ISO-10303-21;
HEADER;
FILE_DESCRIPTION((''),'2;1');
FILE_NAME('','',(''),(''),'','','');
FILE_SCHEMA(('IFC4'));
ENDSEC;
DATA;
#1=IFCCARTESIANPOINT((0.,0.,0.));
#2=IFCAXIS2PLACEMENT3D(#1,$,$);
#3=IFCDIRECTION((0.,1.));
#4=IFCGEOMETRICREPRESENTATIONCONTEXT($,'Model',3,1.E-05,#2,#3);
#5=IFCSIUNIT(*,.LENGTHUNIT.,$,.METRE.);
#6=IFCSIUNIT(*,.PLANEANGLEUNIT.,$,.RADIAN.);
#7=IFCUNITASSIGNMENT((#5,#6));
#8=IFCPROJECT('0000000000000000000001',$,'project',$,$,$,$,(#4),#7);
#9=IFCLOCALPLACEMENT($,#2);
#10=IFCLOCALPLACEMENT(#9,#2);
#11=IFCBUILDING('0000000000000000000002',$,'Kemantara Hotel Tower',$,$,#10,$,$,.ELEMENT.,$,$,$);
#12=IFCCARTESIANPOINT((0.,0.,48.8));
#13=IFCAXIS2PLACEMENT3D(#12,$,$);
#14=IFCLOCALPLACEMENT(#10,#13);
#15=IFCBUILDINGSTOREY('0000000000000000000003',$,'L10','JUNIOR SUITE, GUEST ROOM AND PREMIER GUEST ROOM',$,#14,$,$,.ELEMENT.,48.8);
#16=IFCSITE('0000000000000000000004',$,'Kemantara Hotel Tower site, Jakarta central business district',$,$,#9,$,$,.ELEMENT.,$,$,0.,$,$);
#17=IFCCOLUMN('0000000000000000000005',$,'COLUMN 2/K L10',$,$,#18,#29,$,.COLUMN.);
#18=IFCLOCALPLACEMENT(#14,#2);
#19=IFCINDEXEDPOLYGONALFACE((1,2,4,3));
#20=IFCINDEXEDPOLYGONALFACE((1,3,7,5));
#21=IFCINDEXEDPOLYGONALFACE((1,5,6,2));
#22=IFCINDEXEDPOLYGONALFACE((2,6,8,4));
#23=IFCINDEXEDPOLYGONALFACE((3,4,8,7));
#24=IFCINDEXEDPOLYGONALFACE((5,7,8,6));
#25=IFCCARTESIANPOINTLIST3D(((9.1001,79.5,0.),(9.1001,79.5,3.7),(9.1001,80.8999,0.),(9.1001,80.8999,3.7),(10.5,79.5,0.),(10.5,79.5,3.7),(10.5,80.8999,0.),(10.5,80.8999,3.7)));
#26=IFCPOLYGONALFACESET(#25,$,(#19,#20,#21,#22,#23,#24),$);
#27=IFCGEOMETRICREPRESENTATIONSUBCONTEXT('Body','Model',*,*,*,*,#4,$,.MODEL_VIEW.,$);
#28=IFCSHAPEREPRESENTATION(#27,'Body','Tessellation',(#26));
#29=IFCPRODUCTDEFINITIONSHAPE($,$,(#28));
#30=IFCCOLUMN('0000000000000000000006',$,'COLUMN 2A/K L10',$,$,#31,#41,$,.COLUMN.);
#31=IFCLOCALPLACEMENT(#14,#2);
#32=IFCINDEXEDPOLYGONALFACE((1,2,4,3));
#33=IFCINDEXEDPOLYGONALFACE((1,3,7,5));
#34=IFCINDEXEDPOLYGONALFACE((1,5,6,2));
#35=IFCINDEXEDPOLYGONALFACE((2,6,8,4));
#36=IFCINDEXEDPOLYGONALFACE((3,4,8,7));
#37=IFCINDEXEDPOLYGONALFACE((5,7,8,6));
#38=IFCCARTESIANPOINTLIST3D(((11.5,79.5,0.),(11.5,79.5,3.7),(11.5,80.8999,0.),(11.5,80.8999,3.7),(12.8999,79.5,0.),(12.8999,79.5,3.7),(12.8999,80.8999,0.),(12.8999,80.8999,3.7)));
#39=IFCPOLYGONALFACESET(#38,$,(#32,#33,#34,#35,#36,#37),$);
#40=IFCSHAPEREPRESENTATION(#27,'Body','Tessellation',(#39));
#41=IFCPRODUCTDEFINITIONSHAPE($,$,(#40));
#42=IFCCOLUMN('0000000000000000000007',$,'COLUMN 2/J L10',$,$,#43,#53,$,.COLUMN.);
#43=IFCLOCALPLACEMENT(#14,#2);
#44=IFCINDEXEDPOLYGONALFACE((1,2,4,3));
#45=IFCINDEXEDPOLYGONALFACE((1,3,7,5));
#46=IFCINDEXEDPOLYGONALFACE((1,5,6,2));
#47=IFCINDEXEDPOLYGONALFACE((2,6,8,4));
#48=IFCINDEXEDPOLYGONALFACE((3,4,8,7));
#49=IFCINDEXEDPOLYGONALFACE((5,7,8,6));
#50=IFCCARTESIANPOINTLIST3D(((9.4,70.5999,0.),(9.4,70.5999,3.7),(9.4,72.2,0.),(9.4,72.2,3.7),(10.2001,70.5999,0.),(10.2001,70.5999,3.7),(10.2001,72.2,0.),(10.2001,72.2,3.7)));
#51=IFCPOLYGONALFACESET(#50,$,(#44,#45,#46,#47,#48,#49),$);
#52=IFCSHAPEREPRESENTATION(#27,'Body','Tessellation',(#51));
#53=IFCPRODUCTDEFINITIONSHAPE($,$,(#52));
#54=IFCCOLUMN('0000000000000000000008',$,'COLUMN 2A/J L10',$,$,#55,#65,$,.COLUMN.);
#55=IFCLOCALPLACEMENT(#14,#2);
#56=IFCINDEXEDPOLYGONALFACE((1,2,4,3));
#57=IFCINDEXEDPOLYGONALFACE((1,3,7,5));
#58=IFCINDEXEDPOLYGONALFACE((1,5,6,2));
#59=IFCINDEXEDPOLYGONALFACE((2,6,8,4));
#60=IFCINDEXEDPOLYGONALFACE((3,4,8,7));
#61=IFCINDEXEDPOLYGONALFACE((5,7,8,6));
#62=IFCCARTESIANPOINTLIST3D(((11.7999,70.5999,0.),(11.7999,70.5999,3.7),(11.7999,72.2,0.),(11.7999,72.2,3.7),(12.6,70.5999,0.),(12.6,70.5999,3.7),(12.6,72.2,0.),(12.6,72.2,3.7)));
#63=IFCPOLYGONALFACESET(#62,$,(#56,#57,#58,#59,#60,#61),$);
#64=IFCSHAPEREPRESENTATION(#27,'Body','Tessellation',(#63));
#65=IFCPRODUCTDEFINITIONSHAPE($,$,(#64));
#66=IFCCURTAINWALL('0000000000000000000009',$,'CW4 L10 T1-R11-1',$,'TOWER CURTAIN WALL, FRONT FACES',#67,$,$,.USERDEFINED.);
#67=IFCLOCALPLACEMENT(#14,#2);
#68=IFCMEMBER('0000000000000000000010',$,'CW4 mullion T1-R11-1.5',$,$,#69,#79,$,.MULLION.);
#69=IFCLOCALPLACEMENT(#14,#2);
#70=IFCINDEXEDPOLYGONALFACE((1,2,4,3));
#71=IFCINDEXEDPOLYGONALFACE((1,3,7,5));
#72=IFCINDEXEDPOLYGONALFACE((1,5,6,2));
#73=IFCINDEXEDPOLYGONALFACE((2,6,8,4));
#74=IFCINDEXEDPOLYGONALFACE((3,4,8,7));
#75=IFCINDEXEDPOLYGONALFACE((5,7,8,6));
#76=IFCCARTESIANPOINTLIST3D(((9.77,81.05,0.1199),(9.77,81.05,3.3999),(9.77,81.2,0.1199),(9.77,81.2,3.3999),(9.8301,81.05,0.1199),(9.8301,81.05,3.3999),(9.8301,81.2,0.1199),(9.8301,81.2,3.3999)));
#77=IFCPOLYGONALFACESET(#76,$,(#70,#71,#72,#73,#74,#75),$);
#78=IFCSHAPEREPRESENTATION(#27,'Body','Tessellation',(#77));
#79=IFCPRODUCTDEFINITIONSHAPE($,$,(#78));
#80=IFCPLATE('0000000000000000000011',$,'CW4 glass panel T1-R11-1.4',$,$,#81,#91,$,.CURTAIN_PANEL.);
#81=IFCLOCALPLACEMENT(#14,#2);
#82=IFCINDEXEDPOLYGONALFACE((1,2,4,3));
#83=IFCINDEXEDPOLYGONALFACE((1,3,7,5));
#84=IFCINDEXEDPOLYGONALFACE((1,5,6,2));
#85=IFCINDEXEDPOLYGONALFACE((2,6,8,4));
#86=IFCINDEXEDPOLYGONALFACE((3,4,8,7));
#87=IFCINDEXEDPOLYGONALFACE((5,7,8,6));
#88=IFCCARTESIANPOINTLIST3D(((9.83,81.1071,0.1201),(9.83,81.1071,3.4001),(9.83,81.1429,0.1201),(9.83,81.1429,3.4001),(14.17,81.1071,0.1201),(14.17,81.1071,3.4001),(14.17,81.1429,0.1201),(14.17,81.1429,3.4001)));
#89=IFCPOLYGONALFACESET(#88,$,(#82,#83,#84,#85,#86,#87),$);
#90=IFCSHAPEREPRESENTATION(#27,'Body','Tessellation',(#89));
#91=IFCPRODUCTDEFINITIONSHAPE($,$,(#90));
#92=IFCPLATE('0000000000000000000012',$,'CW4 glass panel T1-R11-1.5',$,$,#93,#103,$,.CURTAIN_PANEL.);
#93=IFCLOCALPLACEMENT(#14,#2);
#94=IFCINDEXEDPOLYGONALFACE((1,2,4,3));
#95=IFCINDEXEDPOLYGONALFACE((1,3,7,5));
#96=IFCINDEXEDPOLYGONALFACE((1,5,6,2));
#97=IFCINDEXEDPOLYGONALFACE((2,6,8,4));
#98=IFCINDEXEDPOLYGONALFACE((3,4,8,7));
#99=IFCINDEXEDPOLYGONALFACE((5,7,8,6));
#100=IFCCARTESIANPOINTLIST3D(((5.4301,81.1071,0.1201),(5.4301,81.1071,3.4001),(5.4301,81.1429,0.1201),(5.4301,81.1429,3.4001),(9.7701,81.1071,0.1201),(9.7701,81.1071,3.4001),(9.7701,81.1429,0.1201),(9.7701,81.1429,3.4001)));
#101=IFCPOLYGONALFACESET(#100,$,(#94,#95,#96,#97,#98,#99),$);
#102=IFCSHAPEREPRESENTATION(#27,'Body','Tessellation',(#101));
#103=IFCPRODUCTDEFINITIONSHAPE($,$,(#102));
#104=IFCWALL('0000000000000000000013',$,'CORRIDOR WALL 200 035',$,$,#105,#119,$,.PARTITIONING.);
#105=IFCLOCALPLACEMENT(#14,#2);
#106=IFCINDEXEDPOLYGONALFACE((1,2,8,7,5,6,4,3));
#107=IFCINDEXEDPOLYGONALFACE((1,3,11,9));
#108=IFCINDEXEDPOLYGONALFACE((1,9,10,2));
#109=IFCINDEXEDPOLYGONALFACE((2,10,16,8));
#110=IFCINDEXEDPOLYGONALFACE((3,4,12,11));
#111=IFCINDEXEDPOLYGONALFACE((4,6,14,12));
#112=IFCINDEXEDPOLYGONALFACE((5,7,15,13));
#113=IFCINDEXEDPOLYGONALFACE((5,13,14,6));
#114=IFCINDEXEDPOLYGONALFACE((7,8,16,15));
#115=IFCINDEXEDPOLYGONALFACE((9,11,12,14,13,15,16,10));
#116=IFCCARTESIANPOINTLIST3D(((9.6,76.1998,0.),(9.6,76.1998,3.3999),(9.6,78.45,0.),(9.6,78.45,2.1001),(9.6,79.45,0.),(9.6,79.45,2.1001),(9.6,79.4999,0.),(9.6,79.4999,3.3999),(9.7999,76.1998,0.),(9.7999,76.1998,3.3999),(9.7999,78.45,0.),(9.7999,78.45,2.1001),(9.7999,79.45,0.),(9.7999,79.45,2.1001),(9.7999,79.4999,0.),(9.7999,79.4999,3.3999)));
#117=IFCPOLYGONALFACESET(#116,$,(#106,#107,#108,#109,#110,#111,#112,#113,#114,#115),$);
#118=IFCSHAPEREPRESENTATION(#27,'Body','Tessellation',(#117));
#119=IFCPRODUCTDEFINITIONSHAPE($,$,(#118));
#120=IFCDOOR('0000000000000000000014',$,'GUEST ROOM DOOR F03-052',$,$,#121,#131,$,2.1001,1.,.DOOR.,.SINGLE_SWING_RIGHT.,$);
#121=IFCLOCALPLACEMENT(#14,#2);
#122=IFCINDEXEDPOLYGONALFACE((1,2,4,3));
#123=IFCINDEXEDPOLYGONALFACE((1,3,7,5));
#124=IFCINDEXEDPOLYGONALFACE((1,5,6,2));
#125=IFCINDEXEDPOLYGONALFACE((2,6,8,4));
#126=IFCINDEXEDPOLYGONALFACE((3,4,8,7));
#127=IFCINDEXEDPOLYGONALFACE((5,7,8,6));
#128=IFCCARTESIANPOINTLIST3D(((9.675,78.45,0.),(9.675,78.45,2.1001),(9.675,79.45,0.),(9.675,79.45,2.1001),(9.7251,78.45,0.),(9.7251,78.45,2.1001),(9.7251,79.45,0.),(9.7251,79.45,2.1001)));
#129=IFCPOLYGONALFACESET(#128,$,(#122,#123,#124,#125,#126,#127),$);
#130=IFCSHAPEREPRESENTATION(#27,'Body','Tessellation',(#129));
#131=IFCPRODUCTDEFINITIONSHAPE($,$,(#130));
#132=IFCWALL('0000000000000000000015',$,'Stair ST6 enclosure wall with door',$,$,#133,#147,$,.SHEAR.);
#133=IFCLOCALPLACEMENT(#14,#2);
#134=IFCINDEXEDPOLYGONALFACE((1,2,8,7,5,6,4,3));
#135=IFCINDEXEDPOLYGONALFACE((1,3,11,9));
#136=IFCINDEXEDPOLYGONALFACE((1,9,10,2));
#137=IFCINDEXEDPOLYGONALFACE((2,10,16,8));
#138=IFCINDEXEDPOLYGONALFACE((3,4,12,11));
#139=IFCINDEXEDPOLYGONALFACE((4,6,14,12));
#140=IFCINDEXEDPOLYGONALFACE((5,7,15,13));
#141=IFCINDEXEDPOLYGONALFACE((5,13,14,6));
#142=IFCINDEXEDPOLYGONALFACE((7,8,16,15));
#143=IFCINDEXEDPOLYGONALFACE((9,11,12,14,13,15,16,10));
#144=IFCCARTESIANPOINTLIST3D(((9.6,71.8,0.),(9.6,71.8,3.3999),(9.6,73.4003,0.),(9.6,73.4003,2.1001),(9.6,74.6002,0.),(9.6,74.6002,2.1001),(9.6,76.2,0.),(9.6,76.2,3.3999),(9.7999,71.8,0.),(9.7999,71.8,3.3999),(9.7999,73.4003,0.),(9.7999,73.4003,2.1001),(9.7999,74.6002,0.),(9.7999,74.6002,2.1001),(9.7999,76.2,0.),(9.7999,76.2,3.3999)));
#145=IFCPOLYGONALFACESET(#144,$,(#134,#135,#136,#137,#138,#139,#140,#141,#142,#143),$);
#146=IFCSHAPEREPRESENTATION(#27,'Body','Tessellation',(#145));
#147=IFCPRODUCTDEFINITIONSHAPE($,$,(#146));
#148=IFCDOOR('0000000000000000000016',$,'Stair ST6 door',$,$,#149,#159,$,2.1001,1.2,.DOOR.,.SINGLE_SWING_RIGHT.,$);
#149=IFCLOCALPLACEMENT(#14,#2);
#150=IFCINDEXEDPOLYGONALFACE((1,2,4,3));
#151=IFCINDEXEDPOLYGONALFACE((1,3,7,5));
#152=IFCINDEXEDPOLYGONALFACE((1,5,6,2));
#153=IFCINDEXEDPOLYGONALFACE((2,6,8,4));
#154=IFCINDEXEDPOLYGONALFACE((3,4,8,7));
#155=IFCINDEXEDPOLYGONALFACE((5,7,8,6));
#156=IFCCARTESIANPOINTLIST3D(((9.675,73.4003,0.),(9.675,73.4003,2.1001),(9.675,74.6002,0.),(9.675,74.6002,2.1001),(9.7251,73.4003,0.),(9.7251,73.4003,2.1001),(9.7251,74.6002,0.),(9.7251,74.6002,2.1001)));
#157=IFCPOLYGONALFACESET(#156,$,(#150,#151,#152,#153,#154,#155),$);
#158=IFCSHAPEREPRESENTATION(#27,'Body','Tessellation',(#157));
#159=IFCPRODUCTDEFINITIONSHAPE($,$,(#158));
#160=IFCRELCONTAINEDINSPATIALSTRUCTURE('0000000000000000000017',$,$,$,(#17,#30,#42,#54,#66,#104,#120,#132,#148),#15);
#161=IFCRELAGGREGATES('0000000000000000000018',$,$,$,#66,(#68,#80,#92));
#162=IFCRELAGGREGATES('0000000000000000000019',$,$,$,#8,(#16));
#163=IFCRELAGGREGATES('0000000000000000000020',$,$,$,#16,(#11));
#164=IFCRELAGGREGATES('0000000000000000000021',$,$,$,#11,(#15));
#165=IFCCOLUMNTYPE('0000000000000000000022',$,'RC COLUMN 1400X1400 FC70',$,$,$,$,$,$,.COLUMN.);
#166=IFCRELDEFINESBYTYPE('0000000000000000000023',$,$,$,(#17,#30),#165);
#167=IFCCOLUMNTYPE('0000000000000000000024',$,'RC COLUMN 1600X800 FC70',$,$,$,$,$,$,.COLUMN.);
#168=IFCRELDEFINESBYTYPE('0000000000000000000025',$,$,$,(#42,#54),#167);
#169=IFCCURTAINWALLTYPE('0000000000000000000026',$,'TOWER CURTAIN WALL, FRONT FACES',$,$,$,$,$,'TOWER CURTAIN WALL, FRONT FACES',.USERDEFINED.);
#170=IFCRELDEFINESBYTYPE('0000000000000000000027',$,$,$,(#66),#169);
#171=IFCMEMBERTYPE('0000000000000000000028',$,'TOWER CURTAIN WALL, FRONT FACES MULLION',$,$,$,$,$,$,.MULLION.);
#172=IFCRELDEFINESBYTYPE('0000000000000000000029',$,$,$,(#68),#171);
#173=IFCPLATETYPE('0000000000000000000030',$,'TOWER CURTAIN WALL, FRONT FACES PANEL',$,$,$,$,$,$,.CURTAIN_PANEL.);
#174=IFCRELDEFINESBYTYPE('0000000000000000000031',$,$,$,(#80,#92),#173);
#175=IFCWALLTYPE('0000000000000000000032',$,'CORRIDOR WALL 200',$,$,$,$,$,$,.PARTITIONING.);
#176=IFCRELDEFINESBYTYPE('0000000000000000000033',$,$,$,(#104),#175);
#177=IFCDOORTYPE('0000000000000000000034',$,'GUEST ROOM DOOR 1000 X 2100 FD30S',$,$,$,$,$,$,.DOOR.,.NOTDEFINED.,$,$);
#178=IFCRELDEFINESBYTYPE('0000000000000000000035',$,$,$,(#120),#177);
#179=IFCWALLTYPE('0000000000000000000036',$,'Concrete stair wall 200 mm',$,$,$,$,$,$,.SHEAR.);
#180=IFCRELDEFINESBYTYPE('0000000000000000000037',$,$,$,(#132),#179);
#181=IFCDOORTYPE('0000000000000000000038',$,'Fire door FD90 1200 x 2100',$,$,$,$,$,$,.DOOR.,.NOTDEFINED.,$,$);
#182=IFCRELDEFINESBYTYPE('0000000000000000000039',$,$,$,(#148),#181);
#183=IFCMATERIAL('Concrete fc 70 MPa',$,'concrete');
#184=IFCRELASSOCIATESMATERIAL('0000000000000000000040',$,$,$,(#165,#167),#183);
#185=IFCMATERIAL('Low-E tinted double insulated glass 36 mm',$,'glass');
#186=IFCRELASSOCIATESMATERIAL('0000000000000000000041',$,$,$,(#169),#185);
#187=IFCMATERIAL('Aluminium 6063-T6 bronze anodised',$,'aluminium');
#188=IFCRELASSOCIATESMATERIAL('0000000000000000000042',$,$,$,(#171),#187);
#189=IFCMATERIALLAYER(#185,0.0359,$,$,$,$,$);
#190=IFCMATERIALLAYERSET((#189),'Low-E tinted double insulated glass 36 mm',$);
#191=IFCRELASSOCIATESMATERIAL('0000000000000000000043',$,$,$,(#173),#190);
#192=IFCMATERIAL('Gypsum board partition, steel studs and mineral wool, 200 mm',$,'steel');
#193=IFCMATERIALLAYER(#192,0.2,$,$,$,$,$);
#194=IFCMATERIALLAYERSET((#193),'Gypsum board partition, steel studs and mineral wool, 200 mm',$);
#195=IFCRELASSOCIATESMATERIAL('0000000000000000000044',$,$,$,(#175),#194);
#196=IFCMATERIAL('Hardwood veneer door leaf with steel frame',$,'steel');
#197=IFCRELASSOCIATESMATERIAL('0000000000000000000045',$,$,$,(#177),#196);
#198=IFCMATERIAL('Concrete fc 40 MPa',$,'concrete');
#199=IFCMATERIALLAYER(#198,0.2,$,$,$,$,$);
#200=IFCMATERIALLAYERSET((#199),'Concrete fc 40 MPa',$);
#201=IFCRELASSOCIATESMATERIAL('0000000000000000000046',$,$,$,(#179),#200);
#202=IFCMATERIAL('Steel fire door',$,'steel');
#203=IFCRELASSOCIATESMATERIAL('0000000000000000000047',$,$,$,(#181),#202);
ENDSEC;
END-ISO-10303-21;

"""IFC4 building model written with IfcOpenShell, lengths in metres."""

from ifc_helpers import new_model, si_unit, direction, frame, frame_2d, origin, origin_2d, place, context, subcontext, project, spatial, rectangle, extrude, source, transform, mapped, material, layer, layer_set, material_profile, profile_set, type_object, element, fill, aggregate, save


model = new_model("IFC4")

# Units and contexts
model_context = context("Model", 3, precision=1e-05, world=origin(), true_north=direction((0.0, 1.0)))
body_context = subcontext(model_context, "Body", "Model", "MODEL_VIEW")
ifc_project = project(units=[si_unit("LENGTHUNIT", "METRE"), si_unit("PLANEANGLEUNIT", "RADIAN")], contexts=[model_context])

# Site, building, storey
site_placement = place(None, origin())
site = spatial("IfcSite", under=ifc_project, at=site_placement, Name="Kemantara Hotel Tower site, Jakarta central business district", CompositionType="ELEMENT", RefElevation=0.0)
building_placement = place(site_placement, origin())
building = spatial("IfcBuilding", under=site, at=building_placement, Name="Kemantara Hotel Tower", CompositionType="ELEMENT")
storey_placement = place(building_placement, frame((0.0, 0.0, 48.8)))
storey = spatial("IfcBuildingStorey", under=building, at=storey_placement, Name="L10", Description="JUNIOR SUITE, GUEST ROOM AND PREMIER GUEST ROOM", CompositionType="ELEMENT", Elevation=48.8)

# Columns
ifc_material_1 = material(Name="Concrete fc 70 MPa", Category="concrete")
ifc_material_profile_1 = material_profile(ifc_material_1, rectangle(XDim=1.3999, YDim=1.3999, at=origin_2d()), Name="RC 1400X1400")
ifc_profile_set_1 = profile_set([ifc_material_profile_1], Name="Concrete fc 70 MPa")
column_type_1 = type_object("IfcColumnType", Name="RC COLUMN 1400X1400 FC70", PredefinedType="COLUMN", material=ifc_profile_set_1)
for number, where, z_axis, x_axis, name in (
    (1, (9.8, 80.2, 0.0), (0.0, 0.0, 1.0), (1.0, 0.0, 0.0), "COLUMN 2/K L10"),
    (2, (12.2, 80.2, 0.0), (0.0, 0.0, 1.0), (1.0, 0.0, 0.0), "COLUMN 2A/K L10"),
):
    element("IfcColumn", number, at=place(storey_placement, frame(where, z_axis=z_axis, x_axis=x_axis)), inside=storey, type_object=column_type_1, Name=name, PredefinedType="COLUMN", context=body_context, shape_type="SweptSolid", body=[
        extrude(rectangle(XDim=1.3999, YDim=1.3999, at=origin_2d()), origin(), (0.0, 0.0, 1.0), 3.7),
    ])
ifc_material_profile_2 = material_profile(ifc_material_1, rectangle(XDim=1.6001, YDim=0.8, at=origin_2d()), Name="RC 1600X800")
ifc_profile_set_2 = profile_set([ifc_material_profile_2], Name="Concrete fc 70 MPa")
column_type_2 = type_object("IfcColumnType", Name="RC COLUMN 1600X800 FC70", PredefinedType="COLUMN", material=ifc_profile_set_2)
for number, where, z_axis, x_axis, name in (
    (3, (9.8, 71.3999, 0.0), (0.0, 0.0, 1.0), (0.0, 1.0, 0.0), "COLUMN 2/J L10"),
    (4, (12.2, 71.3999, 0.0), (0.0, 0.0, 1.0), (0.0, 1.0, 0.0), "COLUMN 2A/J L10"),
):
    element("IfcColumn", number, at=place(storey_placement, frame(where, z_axis=z_axis, x_axis=x_axis)), inside=storey, type_object=column_type_2, Name=name, PredefinedType="COLUMN", context=body_context, shape_type="SweptSolid", body=[
        extrude(rectangle(XDim=1.6001, YDim=0.8, at=origin_2d()), origin(), (0.0, 0.0, 1.0), 3.7),
    ])

# Curtain wall, member, plates
ifc_material_2 = material(Name="Low-E tinted double insulated glass 36 mm", Category="glass")
curtain_wall_type = type_object("IfcCurtainWallType", Name="TOWER CURTAIN WALL, FRONT FACES", ElementType="TOWER CURTAIN WALL, FRONT FACES", PredefinedType="USERDEFINED", material=ifc_material_2)
curtain_wall_placement = place(storey_placement, origin())
curtain_wall = element("IfcCurtainWall", 5, at=curtain_wall_placement, inside=storey, type_object=curtain_wall_type, Name="CW4 L10 T1-R11-1", ObjectType="TOWER CURTAIN WALL, FRONT FACES", PredefinedType="USERDEFINED")
ifc_material_3 = material(Name="Aluminium 6063-T6 bronze anodised", Category="aluminium")
ifc_material_profile_3 = material_profile(ifc_material_3, rectangle(XDim=0.1499, YDim=0.0601, at=origin_2d()), Name="TOWER CURTAIN WALL, FRONT FACES MULLION")
ifc_profile_set_3 = profile_set([ifc_material_profile_3], Name="Aluminium 6063-T6 bronze anodised")
member_type = type_object("IfcMemberType", Name="TOWER CURTAIN WALL, FRONT FACES MULLION", PredefinedType="MULLION", material=ifc_profile_set_3)
shared_shape_1 = source(origin(), body_context, "Body", "SweptSolid", [
    extrude(rectangle(XDim=0.1499, YDim=0.0601, at=origin_2d()), origin(), (0.0, 0.0, 1.0), 3.28),
])
member_placement = place(storey_placement, frame((9.8, 81.125, 0.1199), z_axis=(0.0, 0.0, 1.0), x_axis=(0.0, -1.0, 0.0)))
member = element("IfcMember", 6, at=member_placement, type_object=member_type, Name="CW4 mullion T1-R11-1.5", PredefinedType="MULLION", context=body_context, shape_type="MappedRepresentation", body=[
    mapped(shared_shape_1, transform((0.0, 0.0, 0.0))),
])
ifc_layer_1 = layer(ifc_material_2, 0.0359)
ifc_layer_set_1 = layer_set([ifc_layer_1], Name="Low-E tinted double insulated glass 36 mm")
plate_type = type_object("IfcPlateType", Name="TOWER CURTAIN WALL, FRONT FACES PANEL", PredefinedType="CURTAIN_PANEL", material=ifc_layer_set_1)
shared_shape_2 = source(origin(), body_context, "Body", "SweptSolid", [
    extrude(rectangle(XDim=4.3401, YDim=0.0359, at=origin_2d()), origin(), (0.0, 0.0, 1.0), 3.28),
])
plate_1_placement = place(storey_placement, frame((12.0, 81.125, 0.1201), z_axis=(0.0, 0.0, 1.0), x_axis=(-1.0, 0.0, 0.0)))
plate_1 = element("IfcPlate", 7, at=plate_1_placement, type_object=plate_type, Name="CW4 glass panel T1-R11-1.4", PredefinedType="CURTAIN_PANEL", context=body_context, shape_type="MappedRepresentation", body=[
    mapped(shared_shape_2, transform((0.0, 0.0, 0.0))),
])
plate_2_placement = place(storey_placement, frame((7.6001, 81.125, 0.1201), z_axis=(0.0, 0.0, 1.0), x_axis=(-1.0, 0.0, 0.0)))
plate_2 = element("IfcPlate", 8, at=plate_2_placement, type_object=plate_type, Name="CW4 glass panel T1-R11-1.5", PredefinedType="CURTAIN_PANEL", context=body_context, shape_type="MappedRepresentation", body=[
    mapped(shared_shape_2, transform((0.0, 0.0, 0.0))),
])
aggregate(curtain_wall, [member, plate_1, plate_2])

# Walls, openings, doors
ifc_material_4 = material(Name="Gypsum board partition, steel studs and mineral wool, 200 mm", Category="steel")
ifc_layer_2 = layer(ifc_material_4, 0.2)
ifc_layer_set_2 = layer_set([ifc_layer_2], Name="Gypsum board partition, steel studs and mineral wool, 200 mm")
wall_type_1 = type_object("IfcWallType", Name="CORRIDOR WALL 200", PredefinedType="PARTITIONING", material=ifc_layer_set_2)
wall_1_placement = place(storey_placement, frame((9.7, 76.2, 0.0), z_axis=(0.0, 0.0, 1.0), x_axis=(0.0, 1.0, 0.0)))
wall_1 = element("IfcWall", 9, at=wall_1_placement, inside=storey, type_object=wall_type_1, Name="CORRIDOR WALL 200 035", PredefinedType="PARTITIONING", context=body_context, shape_type="SweptSolid", body=[
    extrude(rectangle(XDim=3.3, YDim=0.2, at=frame_2d((1.6499, 0.0))), origin(), (0.0, 0.0, 1.0), 3.3999),
])
opening_1_placement = place(wall_1_placement, frame((2.25, 0.0, 0.0)))
opening_1 = element("IfcOpeningElement", 10, at=opening_1_placement, cuts=wall_1, PredefinedType="OPENING", context=body_context, shape_type="SweptSolid", body=[
    extrude(rectangle(XDim=1.0, YDim=2.1001, at=frame_2d((0.5, 1.05))), frame((0.0, 0.1099, 0.0), z_axis=(0.0, -1.0, 0.0), x_axis=(1.0, 0.0, 0.0)), (0.0, 0.0, 1.0), 0.22),
])
ifc_material_5 = material(Name="Hardwood veneer door leaf with steel frame", Category="steel")
door_type_1 = type_object("IfcDoorType", Name="GUEST ROOM DOOR 1000 X 2100 FD30S", OperationType="NOTDEFINED", PredefinedType="DOOR", material=ifc_material_5)
door_1_placement = place(opening_1_placement, origin())
door_1 = element("IfcDoor", 11, at=door_1_placement, inside=storey, type_object=door_type_1, Name="GUEST ROOM DOOR F03-052", OperationType="SINGLE_SWING_RIGHT", OverallHeight=2.1001, OverallWidth=1.0, PredefinedType="DOOR", context=body_context, shape_type="SweptSolid", body=[
    extrude(rectangle(XDim=1.0, YDim=2.1001, at=frame_2d((0.5, 1.05))), frame((0.0, 0.0249, 0.0), z_axis=(0.0, -1.0, 0.0), x_axis=(1.0, 0.0, 0.0)), (0.0, 0.0, 1.0), 0.05),
])
fill(opening_1, door_1)
ifc_material_6 = material(Name="Concrete fc 40 MPa", Category="concrete")
ifc_layer_3 = layer(ifc_material_6, 0.2)
ifc_layer_set_3 = layer_set([ifc_layer_3], Name="Concrete fc 40 MPa")
wall_type_2 = type_object("IfcWallType", Name="Concrete stair wall 200 mm", PredefinedType="SHEAR", material=ifc_layer_set_3)
wall_2_placement = place(storey_placement, frame((9.7, 71.8, 0.0), z_axis=(0.0, 0.0, 1.0), x_axis=(0.0, 1.0, 0.0)))
wall_2 = element("IfcWall", 12, at=wall_2_placement, inside=storey, type_object=wall_type_2, Name="Stair ST6 enclosure wall with door", PredefinedType="SHEAR", context=body_context, shape_type="SweptSolid", body=[
    extrude(rectangle(XDim=4.3999, YDim=0.2, at=frame_2d((2.2, 0.0))), origin(), (0.0, 0.0, 1.0), 3.3999),
])
opening_2_placement = place(wall_2_placement, frame((1.6001, 0.0, 0.0)))
opening_2 = element("IfcOpeningElement", 13, at=opening_2_placement, cuts=wall_2, PredefinedType="OPENING", context=body_context, shape_type="SweptSolid", body=[
    extrude(rectangle(XDim=1.2, YDim=2.1001, at=frame_2d((0.6001, 1.05))), frame((0.0, 0.1099, 0.0), z_axis=(0.0, -1.0, 0.0), x_axis=(1.0, 0.0, 0.0)), (0.0, 0.0, 1.0), 0.22),
])
ifc_material_7 = material(Name="Steel fire door", Category="steel")
door_type_2 = type_object("IfcDoorType", Name="Fire door FD90 1200 x 2100", OperationType="NOTDEFINED", PredefinedType="DOOR", material=ifc_material_7)
door_2_placement = place(opening_2_placement, origin())
door_2 = element("IfcDoor", 14, at=door_2_placement, inside=storey, type_object=door_type_2, Name="Stair ST6 door", OperationType="SINGLE_SWING_RIGHT", OverallHeight=2.1001, OverallWidth=1.2, PredefinedType="DOOR", context=body_context, shape_type="SweptSolid", body=[
    extrude(rectangle(XDim=1.2, YDim=2.1001, at=frame_2d((0.6001, 1.05))), frame((0.0, 0.0249, 0.0), z_axis=(0.0, -1.0, 0.0), x_axis=(1.0, 0.0, 0.0)), (0.0, 0.0, 1.0), 0.05),
])
fill(opening_2, door_2)

save(model, "model.ifc")
